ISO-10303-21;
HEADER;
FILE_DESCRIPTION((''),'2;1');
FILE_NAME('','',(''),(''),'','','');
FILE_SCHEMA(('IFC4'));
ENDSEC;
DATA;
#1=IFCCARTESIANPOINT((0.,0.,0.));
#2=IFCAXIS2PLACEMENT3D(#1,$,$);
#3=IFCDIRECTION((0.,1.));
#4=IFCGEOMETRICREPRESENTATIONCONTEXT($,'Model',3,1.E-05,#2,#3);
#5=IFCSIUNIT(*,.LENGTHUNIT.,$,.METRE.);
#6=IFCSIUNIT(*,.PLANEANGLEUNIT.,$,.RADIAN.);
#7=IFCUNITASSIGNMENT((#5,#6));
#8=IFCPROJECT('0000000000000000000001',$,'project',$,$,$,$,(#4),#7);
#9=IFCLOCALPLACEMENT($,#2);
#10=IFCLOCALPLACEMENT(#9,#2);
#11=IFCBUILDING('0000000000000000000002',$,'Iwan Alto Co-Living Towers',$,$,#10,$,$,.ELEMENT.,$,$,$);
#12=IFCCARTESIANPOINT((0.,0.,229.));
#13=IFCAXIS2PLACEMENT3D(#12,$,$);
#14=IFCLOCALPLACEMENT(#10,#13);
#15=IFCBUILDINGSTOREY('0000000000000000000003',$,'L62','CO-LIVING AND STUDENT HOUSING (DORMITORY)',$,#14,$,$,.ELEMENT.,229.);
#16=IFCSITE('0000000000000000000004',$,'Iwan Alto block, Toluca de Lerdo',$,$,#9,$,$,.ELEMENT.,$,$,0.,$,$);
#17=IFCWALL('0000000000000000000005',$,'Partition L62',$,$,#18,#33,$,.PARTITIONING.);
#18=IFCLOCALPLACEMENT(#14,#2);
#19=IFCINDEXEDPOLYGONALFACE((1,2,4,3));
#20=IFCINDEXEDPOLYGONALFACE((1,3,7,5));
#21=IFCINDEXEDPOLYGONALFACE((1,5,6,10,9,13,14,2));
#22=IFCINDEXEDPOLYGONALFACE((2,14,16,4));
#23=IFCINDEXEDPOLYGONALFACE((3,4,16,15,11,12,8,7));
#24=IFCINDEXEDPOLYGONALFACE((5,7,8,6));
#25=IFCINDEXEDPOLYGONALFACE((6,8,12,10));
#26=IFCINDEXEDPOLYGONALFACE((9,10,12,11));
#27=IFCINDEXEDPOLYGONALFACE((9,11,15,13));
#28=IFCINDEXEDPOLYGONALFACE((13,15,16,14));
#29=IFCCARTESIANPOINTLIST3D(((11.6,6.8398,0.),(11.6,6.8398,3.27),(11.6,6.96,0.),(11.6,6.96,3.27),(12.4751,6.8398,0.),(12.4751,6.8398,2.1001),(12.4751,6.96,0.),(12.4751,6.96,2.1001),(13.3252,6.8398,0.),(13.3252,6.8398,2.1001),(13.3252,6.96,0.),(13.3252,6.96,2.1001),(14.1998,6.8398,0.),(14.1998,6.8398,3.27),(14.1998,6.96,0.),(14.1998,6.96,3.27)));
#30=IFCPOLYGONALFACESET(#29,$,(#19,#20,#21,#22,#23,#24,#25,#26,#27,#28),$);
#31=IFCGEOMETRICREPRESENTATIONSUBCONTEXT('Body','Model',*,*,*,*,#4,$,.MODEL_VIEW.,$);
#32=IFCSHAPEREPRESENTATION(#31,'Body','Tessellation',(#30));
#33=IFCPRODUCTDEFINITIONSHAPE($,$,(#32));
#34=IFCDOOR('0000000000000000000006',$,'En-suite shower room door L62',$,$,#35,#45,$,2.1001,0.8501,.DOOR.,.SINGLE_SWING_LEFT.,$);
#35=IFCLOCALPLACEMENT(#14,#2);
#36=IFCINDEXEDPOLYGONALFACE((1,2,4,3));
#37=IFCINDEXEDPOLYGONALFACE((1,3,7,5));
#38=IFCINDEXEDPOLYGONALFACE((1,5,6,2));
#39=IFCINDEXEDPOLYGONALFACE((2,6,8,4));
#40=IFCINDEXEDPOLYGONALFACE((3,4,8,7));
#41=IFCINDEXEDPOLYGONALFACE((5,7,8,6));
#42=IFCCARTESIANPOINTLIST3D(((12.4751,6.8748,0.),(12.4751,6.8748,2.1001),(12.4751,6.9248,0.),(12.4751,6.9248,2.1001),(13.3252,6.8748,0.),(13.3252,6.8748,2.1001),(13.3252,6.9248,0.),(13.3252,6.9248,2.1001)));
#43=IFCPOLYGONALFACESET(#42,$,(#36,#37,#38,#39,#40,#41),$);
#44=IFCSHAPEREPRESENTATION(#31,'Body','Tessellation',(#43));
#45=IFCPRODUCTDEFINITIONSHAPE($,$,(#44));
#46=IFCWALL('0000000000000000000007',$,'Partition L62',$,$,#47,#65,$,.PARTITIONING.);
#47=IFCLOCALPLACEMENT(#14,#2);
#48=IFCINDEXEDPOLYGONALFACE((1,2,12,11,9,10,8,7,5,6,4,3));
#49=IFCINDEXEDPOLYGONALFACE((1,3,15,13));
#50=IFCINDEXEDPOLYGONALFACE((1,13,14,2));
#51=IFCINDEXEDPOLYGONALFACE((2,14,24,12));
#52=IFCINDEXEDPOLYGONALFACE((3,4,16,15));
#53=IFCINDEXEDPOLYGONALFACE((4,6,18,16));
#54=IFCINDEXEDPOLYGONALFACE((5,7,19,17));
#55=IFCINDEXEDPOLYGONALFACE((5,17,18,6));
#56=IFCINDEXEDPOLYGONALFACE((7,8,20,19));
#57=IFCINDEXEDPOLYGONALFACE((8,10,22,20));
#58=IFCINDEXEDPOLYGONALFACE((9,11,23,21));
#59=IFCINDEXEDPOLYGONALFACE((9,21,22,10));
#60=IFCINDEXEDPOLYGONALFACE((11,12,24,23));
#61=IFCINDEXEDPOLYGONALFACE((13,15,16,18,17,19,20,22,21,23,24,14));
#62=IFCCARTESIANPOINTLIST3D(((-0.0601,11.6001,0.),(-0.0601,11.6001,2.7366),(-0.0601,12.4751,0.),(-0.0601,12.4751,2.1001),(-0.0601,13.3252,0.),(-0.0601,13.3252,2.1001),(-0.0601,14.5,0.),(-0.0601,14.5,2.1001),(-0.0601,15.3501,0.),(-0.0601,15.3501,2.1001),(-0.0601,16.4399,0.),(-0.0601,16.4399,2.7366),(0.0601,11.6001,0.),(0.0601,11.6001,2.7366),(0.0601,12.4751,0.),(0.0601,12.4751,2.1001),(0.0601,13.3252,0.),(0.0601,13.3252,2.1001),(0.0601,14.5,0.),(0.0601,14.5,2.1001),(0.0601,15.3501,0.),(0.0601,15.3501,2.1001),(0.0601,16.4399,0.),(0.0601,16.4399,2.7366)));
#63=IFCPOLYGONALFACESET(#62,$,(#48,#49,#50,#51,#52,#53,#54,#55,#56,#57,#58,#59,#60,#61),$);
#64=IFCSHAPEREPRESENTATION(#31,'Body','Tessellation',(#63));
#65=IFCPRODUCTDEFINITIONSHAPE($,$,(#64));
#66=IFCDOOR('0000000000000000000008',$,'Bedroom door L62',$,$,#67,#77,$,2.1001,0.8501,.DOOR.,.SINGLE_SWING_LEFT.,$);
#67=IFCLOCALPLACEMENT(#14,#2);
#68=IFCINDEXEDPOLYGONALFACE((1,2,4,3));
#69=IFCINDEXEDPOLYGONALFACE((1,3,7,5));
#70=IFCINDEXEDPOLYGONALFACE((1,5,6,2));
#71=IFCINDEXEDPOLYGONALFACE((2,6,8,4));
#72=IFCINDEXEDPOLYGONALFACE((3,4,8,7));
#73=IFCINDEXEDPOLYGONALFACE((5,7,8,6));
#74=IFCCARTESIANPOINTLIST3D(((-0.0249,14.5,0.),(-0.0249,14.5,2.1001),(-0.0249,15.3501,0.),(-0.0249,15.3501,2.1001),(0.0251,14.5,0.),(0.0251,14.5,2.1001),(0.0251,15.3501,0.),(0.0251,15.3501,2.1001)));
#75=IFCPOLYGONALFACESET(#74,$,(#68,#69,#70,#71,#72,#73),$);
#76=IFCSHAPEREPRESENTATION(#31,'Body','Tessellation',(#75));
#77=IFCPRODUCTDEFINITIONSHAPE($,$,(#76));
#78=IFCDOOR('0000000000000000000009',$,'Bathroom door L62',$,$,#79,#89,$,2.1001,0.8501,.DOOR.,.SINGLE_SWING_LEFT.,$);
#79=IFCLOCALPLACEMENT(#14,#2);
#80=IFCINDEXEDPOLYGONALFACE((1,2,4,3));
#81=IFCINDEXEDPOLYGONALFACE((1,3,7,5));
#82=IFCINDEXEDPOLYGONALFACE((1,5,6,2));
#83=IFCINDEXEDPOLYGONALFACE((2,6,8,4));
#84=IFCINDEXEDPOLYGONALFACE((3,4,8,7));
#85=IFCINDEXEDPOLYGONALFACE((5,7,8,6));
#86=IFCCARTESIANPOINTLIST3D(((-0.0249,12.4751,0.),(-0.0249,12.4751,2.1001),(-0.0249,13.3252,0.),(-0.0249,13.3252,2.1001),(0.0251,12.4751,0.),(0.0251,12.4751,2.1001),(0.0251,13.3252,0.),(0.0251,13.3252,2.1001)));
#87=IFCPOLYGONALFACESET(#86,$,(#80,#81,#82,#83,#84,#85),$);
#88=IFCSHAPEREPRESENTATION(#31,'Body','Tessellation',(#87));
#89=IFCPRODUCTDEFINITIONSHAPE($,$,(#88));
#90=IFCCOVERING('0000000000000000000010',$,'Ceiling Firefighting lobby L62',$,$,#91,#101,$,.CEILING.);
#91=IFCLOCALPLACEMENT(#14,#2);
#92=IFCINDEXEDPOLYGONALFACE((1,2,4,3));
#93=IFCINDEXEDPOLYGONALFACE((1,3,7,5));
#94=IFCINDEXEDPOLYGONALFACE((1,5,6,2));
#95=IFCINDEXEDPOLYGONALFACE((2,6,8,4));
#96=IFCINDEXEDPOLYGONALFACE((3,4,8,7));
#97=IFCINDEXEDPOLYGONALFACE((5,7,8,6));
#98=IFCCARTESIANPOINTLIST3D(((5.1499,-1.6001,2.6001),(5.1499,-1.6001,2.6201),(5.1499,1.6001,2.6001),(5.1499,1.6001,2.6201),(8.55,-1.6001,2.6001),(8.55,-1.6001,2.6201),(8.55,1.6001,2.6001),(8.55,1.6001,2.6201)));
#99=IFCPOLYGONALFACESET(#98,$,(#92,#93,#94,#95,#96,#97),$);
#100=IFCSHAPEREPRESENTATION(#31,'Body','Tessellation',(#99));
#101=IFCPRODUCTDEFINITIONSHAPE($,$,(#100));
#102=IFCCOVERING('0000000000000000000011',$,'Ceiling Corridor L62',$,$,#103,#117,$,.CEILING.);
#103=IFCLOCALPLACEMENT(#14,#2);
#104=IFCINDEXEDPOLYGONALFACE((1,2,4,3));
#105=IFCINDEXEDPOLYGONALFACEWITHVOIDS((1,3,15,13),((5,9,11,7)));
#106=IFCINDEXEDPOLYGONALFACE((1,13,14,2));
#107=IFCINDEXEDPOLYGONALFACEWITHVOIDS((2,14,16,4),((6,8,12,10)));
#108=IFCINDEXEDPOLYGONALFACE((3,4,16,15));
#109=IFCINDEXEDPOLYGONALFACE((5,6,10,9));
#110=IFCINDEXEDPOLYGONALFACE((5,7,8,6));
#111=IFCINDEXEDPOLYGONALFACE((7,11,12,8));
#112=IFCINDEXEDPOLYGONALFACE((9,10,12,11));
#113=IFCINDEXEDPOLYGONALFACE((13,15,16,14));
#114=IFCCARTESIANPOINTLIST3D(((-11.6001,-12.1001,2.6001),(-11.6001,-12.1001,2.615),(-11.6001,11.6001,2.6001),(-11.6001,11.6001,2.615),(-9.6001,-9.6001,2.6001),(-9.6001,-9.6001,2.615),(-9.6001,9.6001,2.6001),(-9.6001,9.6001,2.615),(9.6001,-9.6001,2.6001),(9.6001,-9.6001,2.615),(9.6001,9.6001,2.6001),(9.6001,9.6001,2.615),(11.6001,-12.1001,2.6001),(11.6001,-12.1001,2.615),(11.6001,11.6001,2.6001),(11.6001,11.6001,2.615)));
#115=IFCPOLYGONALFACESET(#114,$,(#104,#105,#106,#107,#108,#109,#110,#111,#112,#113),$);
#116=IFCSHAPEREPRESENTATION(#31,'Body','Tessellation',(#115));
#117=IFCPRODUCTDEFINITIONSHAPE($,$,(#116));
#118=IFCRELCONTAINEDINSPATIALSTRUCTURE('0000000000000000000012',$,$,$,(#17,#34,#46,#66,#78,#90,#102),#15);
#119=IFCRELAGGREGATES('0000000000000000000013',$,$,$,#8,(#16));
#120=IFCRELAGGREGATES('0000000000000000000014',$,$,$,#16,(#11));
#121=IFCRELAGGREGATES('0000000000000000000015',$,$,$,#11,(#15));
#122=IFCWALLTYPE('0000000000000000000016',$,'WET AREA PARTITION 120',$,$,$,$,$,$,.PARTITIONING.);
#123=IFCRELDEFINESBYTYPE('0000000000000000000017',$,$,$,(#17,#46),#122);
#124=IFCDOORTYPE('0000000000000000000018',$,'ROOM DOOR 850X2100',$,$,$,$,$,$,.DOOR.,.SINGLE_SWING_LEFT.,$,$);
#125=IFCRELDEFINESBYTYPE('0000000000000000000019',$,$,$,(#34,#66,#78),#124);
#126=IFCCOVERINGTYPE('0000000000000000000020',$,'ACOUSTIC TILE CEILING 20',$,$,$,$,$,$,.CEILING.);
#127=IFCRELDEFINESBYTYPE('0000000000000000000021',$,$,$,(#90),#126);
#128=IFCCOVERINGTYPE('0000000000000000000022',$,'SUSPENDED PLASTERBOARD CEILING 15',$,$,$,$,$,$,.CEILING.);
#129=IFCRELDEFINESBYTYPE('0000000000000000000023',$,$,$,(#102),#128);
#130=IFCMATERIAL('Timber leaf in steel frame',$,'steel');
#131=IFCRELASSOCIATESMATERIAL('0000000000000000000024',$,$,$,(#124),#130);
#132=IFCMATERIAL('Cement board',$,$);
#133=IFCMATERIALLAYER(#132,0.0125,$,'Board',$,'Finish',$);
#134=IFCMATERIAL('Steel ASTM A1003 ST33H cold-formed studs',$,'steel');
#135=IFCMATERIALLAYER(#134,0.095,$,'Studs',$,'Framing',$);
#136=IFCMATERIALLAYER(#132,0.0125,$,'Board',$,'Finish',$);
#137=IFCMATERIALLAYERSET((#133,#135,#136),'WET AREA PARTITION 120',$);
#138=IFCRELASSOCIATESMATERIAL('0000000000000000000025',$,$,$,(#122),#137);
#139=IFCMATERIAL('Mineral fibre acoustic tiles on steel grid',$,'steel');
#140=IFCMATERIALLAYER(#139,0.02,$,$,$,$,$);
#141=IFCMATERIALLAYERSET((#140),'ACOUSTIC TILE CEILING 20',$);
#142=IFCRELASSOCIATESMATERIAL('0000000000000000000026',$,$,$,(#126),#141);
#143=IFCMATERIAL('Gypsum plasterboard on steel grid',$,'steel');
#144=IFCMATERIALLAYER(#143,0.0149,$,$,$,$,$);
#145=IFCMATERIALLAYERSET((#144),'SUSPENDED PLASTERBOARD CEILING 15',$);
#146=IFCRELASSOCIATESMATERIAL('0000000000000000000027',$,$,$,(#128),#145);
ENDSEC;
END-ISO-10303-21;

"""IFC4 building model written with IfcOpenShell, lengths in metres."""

from ifc_helpers import new_model, si_unit, direction, frame, frame_2d, origin, place, context, subcontext, project, spatial, polyline, rectangle, outline, extrude, material, layer, layer_set, type_object, element, fill, save


model = new_model("IFC4")

# Units and contexts
model_context = context("Model", 3, precision=1e-05, world=origin(), true_north=direction((0.0, 1.0)))
body_context = subcontext(model_context, "Body", "Model", "MODEL_VIEW")
ifc_project = project(units=[si_unit("LENGTHUNIT", "METRE"), si_unit("PLANEANGLEUNIT", "RADIAN")], contexts=[model_context])

# Site, building, storey
site_placement = place(None, origin())
site = spatial("IfcSite", under=ifc_project, at=site_placement, Name="Iwan Alto block, Toluca de Lerdo", CompositionType="ELEMENT", RefElevation=0.0)
building_placement = place(site_placement, origin())
building = spatial("IfcBuilding", under=site, at=building_placement, Name="Iwan Alto Co-Living Towers", CompositionType="ELEMENT")
storey_placement = place(building_placement, frame((0.0, 0.0, 229.0)))
storey = spatial("IfcBuildingStorey", under=building, at=storey_placement, Name="L62", Description="CO-LIVING AND STUDENT HOUSING (DORMITORY)", CompositionType="ELEMENT", Elevation=229.0)

# Shared definitions
ifc_material_1 = material(Name="Steel ASTM A1003 ST33H cold-formed studs", Category="steel")

# Shared definitions
ifc_material_2 = material(Name="Timber leaf in steel frame", Category="steel")
door_type_1 = type_object("IfcDoorType", Name="ROOM DOOR 850X2100", OperationType="SINGLE_SWING_LEFT", PredefinedType="DOOR", material=ifc_material_2)

# Shared definitions
ifc_material_3 = material(Name="Cement board")
ifc_layer_1 = layer(ifc_material_3, 0.0125, Name="Board", Category="Finish")
ifc_layer_2 = layer(ifc_material_1, 0.095, Name="Studs", Category="Framing")
ifc_layer_3 = layer(ifc_material_3, 0.0125, Name="Board", Category="Finish")
ifc_layer_set_1 = layer_set([ifc_layer_1, ifc_layer_2, ifc_layer_3], Name="WET AREA PARTITION 120")
wall_type_1 = type_object("IfcWallType", Name="WET AREA PARTITION 120", PredefinedType="PARTITIONING", material=ifc_layer_set_1)

# Wall, opening, door
wall_1_placement = place(storey_placement, frame((11.6001, 6.8999, 0.0), z_axis=(0.0, 0.0, 1.0), x_axis=(1.0, 0.0, 0.0)))
wall_1 = element("IfcWall", 1, at=wall_1_placement, inside=storey, type_object=wall_type_1, Name="Partition L62", PredefinedType="PARTITIONING", context=body_context, shape_type="SweptSolid", body=[
    extrude(rectangle(XDim=2.5999, YDim=0.1201, at=frame_2d((1.2998, 0.0))), origin(), (0.0, 0.0, 1.0), 3.27),
])
opening_1_placement = place(wall_1_placement, frame((0.875, 0.0, 0.0)))
opening_1 = element("IfcOpeningElement", 2, at=opening_1_placement, cuts=wall_1, PredefinedType="OPENING", context=body_context, shape_type="SweptSolid", body=[
    extrude(rectangle(XDim=0.8501, YDim=2.1001, at=frame_2d((0.425, 1.05))), frame((0.0, 0.0701, 0.0), z_axis=(0.0, -1.0, 0.0), x_axis=(1.0, 0.0, 0.0)), (0.0, 0.0, 1.0), 0.1401),
])
door_1_placement = place(opening_1_placement, origin())
door_1 = element("IfcDoor", 3, at=door_1_placement, inside=storey, type_object=door_type_1, Name="En-suite shower room door L62", OperationType="SINGLE_SWING_LEFT", OverallHeight=2.1001, OverallWidth=0.8501, PredefinedType="DOOR", context=body_context, shape_type="SweptSolid", body=[
    extrude(rectangle(XDim=0.8501, YDim=2.1001, at=frame_2d((0.425, 1.05))), frame((0.0, 0.0249, 0.0), z_axis=(0.0, -1.0, 0.0), x_axis=(1.0, 0.0, 0.0)), (0.0, 0.0, 1.0), 0.05),
])
fill(opening_1, door_1)

# Wall, openings, doors
wall_2_placement = place(storey_placement, frame((0.0, 11.6001, 0.0), z_axis=(0.0, 0.0, 1.0), x_axis=(0.0, 1.0, 0.0)))
wall_2 = element("IfcWall", 4, at=wall_2_placement, inside=storey, type_object=wall_type_1, Name="Partition L62", PredefinedType="PARTITIONING", context=body_context, shape_type="SweptSolid", body=[
    extrude(rectangle(XDim=4.8398, YDim=0.1201, at=frame_2d((2.4199, 0.0))), origin(), (0.0, 0.0, 1.0), 2.7366),
])
opening_2_placement = place(wall_2_placement, frame((2.8999, 0.0, 0.0)))
opening_2 = element("IfcOpeningElement", 5, at=opening_2_placement, cuts=wall_2, PredefinedType="OPENING", context=body_context, shape_type="SweptSolid", body=[
    extrude(rectangle(XDim=0.8501, YDim=2.1001, at=frame_2d((0.425, 1.05))), frame((0.0, 0.0701, 0.0), z_axis=(0.0, -1.0, 0.0), x_axis=(1.0, 0.0, 0.0)), (0.0, 0.0, 1.0), 0.1401),
])
opening_3_placement = place(wall_2_placement, frame((0.875, 0.0, 0.0)))
opening_3 = element("IfcOpeningElement", 6, at=opening_3_placement, cuts=wall_2, PredefinedType="OPENING", context=body_context, shape_type="SweptSolid", body=[
    extrude(rectangle(XDim=0.8501, YDim=2.1001, at=frame_2d((0.425, 1.05))), frame((0.0, 0.0701, 0.0), z_axis=(0.0, -1.0, 0.0), x_axis=(1.0, 0.0, 0.0)), (0.0, 0.0, 1.0), 0.1401),
])
door_2_placement = place(opening_2_placement, origin())
door_2 = element("IfcDoor", 7, at=door_2_placement, inside=storey, type_object=door_type_1, Name="Bedroom door L62", OperationType="SINGLE_SWING_LEFT", OverallHeight=2.1001, OverallWidth=0.8501, PredefinedType="DOOR", context=body_context, shape_type="SweptSolid", body=[
    extrude(rectangle(XDim=0.8501, YDim=2.1001, at=frame_2d((0.425, 1.05))), frame((0.0, 0.0249, 0.0), z_axis=(0.0, -1.0, 0.0), x_axis=(1.0, 0.0, 0.0)), (0.0, 0.0, 1.0), 0.05),
])
fill(opening_2, door_2)
door_3_placement = place(opening_3_placement, origin())
door_3 = element("IfcDoor", 8, at=door_3_placement, inside=storey, type_object=door_type_1, Name="Bathroom door L62", OperationType="SINGLE_SWING_LEFT", OverallHeight=2.1001, OverallWidth=0.8501, PredefinedType="DOOR", context=body_context, shape_type="SweptSolid", body=[
    extrude(rectangle(XDim=0.8501, YDim=2.1001, at=frame_2d((0.425, 1.05))), frame((0.0, 0.0249, 0.0), z_axis=(0.0, -1.0, 0.0), x_axis=(1.0, 0.0, 0.0)), (0.0, 0.0, 1.0), 0.05),
])
fill(opening_3, door_3)

# Coverings
ifc_material_4 = material(Name="Mineral fibre acoustic tiles on steel grid", Category="steel")
ifc_layer_4 = layer(ifc_material_4, 0.02)
ifc_layer_set_2 = layer_set([ifc_layer_4], Name="ACOUSTIC TILE CEILING 20")
covering_type_1 = type_object("IfcCoveringType", Name="ACOUSTIC TILE CEILING 20", PredefinedType="CEILING", material=ifc_layer_set_2)
covering_1_placement = place(storey_placement, frame((0.0, 0.0, 2.6001)))
element("IfcCovering", 9, at=covering_1_placement, inside=storey, type_object=covering_type_1, Name="Ceiling Firefighting lobby L62", PredefinedType="CEILING", context=body_context, shape_type="SweptSolid", body=[
    extrude(outline(polyline([(5.1499, -1.6001), (5.1499, 1.6001), (8.55, 1.6001), (8.55, -1.6001), (5.1499, -1.6001)])), origin(), (0.0, 0.0, 1.0), 0.02),
])
ifc_material_5 = material(Name="Gypsum plasterboard on steel grid", Category="steel")
ifc_layer_5 = layer(ifc_material_5, 0.0149)
ifc_layer_set_3 = layer_set([ifc_layer_5], Name="SUSPENDED PLASTERBOARD CEILING 15")
covering_type_2 = type_object("IfcCoveringType", Name="SUSPENDED PLASTERBOARD CEILING 15", PredefinedType="CEILING", material=ifc_layer_set_3)
covering_2_placement = place(storey_placement, frame((0.0, 0.0, 2.6001)))
element("IfcCovering", 10, at=covering_2_placement, inside=storey, type_object=covering_type_2, Name="Ceiling Corridor L62", PredefinedType="CEILING", context=body_context, shape_type="SweptSolid", body=[
    extrude(outline(polyline([(-11.6001, 11.6001), (11.6001, 11.6001), (11.6001, -12.1001), (-11.6001, -12.1001), (-11.6001, 11.6001)]), holes=[polyline([(-9.6001, 9.6001), (-9.6001, -9.6001), (9.6001, -9.6001), (9.6001, 9.6001), (-9.6001, 9.6001)])]), origin(), (0.0, 0.0, 1.0), 0.0149),
])

save(model, "model.ifc")
